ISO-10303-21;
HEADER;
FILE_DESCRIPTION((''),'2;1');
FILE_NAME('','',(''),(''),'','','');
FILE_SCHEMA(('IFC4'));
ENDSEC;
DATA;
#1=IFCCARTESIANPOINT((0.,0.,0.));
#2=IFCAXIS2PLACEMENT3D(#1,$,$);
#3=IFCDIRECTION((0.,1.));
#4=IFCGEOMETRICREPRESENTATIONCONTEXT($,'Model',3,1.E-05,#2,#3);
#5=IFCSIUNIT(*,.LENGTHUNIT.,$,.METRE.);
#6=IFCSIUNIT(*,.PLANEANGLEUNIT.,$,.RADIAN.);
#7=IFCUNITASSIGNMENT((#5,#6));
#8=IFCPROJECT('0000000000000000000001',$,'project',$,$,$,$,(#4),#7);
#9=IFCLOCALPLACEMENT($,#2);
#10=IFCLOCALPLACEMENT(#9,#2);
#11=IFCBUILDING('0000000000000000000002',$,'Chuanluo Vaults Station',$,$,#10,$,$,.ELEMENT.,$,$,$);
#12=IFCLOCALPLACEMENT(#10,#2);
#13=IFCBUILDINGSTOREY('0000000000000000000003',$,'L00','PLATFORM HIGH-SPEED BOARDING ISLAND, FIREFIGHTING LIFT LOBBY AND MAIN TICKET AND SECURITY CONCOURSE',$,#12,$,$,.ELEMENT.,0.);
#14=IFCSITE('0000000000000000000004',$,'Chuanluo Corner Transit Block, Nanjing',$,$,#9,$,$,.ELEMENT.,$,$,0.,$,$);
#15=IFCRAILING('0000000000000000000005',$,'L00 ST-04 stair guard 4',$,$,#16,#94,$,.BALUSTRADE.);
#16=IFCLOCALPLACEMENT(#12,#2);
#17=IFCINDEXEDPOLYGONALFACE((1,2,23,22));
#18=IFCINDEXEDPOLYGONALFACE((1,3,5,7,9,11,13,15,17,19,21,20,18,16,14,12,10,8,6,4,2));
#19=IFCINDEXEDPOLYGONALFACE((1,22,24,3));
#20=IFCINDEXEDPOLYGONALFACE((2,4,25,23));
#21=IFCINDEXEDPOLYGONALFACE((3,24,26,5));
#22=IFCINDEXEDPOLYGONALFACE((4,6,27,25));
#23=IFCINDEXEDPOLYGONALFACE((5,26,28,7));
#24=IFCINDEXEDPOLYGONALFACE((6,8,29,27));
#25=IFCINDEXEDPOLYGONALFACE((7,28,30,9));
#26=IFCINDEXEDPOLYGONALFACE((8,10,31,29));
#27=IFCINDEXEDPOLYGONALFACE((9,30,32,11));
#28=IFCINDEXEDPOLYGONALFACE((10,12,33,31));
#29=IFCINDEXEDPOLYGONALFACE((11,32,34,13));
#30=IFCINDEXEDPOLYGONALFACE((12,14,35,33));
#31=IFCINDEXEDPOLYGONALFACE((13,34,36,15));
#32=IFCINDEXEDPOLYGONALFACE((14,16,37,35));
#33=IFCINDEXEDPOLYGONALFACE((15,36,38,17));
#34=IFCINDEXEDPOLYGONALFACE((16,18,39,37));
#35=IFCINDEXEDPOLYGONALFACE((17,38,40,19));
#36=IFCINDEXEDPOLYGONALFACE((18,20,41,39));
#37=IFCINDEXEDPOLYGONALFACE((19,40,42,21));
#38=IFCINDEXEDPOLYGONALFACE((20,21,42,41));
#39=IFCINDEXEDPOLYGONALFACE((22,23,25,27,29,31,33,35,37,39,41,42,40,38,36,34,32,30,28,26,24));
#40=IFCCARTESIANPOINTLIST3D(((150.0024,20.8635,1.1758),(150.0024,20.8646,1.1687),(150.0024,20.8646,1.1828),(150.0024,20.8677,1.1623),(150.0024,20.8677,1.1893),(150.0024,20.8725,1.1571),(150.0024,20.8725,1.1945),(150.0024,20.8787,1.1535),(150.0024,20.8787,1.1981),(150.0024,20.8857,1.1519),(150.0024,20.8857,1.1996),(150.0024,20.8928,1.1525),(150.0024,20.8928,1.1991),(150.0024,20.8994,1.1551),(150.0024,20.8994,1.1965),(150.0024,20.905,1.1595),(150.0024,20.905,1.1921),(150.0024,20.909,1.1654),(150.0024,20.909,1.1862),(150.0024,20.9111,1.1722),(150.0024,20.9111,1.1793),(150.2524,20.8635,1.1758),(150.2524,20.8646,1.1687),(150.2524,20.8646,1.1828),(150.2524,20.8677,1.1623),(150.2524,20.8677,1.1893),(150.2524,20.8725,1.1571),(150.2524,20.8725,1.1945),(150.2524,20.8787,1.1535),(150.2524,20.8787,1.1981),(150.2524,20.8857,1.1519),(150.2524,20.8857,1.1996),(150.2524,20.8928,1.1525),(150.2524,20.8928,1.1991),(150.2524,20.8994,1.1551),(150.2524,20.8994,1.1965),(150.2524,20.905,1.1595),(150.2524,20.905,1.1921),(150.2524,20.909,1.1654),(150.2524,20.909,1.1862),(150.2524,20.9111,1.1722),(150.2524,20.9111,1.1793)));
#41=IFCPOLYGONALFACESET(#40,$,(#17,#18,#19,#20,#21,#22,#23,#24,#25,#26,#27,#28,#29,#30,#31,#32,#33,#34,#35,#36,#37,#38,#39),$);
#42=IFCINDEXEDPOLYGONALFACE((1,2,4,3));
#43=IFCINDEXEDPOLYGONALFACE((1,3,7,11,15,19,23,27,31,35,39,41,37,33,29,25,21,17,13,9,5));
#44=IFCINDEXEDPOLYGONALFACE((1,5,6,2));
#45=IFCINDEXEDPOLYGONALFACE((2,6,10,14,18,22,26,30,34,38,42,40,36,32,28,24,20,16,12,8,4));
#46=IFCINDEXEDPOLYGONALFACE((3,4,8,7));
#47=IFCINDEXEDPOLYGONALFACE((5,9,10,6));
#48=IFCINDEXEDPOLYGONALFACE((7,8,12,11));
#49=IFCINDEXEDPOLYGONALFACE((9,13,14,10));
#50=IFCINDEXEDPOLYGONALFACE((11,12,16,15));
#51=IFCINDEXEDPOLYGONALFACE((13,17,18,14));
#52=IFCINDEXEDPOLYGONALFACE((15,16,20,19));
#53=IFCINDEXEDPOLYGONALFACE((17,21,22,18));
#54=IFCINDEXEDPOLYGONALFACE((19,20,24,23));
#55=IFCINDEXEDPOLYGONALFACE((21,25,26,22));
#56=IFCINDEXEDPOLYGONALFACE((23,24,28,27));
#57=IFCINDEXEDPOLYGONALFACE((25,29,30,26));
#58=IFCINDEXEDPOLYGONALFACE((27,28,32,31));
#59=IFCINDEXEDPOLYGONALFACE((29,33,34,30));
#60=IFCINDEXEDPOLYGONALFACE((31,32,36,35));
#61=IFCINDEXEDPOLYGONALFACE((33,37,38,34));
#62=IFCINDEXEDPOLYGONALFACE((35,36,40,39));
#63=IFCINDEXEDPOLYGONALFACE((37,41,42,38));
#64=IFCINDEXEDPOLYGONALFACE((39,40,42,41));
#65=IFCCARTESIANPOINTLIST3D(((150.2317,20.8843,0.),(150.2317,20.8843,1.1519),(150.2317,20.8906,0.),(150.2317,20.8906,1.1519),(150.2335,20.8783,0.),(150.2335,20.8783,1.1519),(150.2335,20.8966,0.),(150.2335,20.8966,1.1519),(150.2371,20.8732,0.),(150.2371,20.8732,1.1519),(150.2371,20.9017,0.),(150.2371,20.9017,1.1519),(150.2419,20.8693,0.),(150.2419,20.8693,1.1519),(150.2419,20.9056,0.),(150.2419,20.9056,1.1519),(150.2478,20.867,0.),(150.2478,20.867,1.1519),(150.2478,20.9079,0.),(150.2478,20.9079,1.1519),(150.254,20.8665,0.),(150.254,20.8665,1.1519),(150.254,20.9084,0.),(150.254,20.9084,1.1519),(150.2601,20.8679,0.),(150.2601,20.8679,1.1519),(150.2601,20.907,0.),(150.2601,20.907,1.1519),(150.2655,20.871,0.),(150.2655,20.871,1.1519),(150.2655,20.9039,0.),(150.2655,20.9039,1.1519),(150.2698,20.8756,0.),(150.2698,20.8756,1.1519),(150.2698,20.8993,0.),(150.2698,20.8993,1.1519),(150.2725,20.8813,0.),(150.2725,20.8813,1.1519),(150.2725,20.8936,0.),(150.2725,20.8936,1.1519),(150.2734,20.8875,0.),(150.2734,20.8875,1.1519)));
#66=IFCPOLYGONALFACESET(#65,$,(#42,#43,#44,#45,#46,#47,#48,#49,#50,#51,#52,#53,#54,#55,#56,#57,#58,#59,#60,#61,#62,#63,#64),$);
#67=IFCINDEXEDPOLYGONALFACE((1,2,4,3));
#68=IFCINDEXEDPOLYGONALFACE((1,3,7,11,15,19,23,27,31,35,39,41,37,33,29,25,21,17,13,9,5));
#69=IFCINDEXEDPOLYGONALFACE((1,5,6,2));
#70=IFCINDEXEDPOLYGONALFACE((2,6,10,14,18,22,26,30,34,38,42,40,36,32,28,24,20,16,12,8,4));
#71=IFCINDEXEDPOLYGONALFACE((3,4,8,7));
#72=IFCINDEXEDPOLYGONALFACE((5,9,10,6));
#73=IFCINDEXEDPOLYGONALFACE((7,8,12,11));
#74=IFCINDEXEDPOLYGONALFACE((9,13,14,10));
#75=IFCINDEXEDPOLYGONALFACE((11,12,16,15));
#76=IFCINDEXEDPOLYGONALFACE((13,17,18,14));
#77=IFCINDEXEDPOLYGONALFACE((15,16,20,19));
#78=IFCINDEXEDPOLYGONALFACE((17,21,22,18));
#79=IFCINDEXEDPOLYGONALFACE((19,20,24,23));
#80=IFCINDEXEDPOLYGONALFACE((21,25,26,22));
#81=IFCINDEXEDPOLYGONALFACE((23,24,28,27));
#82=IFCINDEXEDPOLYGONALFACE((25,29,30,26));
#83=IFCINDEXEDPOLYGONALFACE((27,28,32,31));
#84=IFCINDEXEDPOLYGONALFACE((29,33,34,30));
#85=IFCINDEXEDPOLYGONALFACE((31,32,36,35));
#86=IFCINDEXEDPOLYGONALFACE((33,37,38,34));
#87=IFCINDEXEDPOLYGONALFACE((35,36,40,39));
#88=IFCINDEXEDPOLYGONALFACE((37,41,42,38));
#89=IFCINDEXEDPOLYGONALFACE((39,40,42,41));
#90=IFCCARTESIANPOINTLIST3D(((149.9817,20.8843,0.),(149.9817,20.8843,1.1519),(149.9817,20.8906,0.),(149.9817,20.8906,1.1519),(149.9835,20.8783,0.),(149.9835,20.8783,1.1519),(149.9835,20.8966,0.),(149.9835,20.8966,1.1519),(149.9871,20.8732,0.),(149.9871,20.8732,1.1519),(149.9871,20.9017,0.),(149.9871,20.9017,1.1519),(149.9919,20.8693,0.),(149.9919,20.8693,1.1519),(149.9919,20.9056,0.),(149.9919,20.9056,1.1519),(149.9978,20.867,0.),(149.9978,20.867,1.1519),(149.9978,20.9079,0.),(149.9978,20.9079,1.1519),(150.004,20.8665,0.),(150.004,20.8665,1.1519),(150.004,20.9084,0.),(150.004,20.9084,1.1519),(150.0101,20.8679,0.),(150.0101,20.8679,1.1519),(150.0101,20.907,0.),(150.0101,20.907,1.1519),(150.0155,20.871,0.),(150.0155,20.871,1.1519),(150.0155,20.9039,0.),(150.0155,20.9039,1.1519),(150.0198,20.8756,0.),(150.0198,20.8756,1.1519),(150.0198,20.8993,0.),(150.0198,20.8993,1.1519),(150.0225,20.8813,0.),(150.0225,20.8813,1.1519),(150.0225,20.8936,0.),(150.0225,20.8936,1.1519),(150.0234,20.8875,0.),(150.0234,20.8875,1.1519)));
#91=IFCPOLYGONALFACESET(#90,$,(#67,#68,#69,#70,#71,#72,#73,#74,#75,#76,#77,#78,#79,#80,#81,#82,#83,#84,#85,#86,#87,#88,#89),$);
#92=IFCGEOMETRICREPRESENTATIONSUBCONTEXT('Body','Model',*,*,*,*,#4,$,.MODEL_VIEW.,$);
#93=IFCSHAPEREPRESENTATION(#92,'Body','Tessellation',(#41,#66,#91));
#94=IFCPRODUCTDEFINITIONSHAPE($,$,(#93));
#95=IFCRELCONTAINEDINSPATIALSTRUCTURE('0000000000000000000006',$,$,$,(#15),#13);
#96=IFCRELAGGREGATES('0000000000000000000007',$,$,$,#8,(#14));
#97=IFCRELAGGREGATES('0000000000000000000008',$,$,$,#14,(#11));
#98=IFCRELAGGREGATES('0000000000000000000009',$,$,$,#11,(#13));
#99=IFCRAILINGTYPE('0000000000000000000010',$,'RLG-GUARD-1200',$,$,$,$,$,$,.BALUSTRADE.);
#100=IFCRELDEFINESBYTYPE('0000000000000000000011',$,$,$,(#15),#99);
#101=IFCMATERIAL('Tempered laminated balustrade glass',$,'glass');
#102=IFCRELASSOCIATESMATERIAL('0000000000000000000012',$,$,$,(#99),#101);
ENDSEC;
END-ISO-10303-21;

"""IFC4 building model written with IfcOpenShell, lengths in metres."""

from ifc_helpers import new_model, si_unit, direction, frame, origin, origin_2d, place, context, subcontext, project, spatial, circle, extrude, material, type_object, element, save


model = new_model("IFC4")

# Units and contexts
model_context = context("Model", 3, precision=1e-05, world=origin(), true_north=direction((0.0, 1.0)))
body_context = subcontext(model_context, "Body", "Model", "MODEL_VIEW")
ifc_project = project(units=[si_unit("LENGTHUNIT", "METRE"), si_unit("PLANEANGLEUNIT", "RADIAN")], contexts=[model_context])

# Site, building, storey
site_placement = place(None, origin())
site = spatial("IfcSite", under=ifc_project, at=site_placement, Name="Chuanluo Corner Transit Block, Nanjing", CompositionType="ELEMENT", RefElevation=0.0)
building_placement = place(site_placement, origin())
building = spatial("IfcBuilding", under=site, at=building_placement, Name="Chuanluo Vaults Station", CompositionType="ELEMENT")
storey_placement = place(building_placement, origin())
storey = spatial("IfcBuildingStorey", under=building, at=storey_placement, Name="L00", Description="PLATFORM HIGH-SPEED BOARDING ISLAND, FIREFIGHTING LIFT LOBBY AND MAIN TICKET AND SECURITY CONCOURSE", CompositionType="ELEMENT", Elevation=0.0)

# Railing
ifc_material_1 = material(Name="Tempered laminated balustrade glass", Category="glass")
railing_type_1 = type_object("IfcRailingType", Name="RLG-GUARD-1200", PredefinedType="BALUSTRADE", material=ifc_material_1)
railing_1_placement = place(storey_placement, frame((150.2524, 20.8875, 0.0)))
element("IfcRailing", 1, at=railing_1_placement, inside=storey, type_object=railing_type_1, Name="L00 ST-04 stair guard 4", PredefinedType="BALUSTRADE", context=body_context, shape_type="SweptSolid", body=[
    extrude(circle(Radius=0.0239, at=origin_2d()), frame((0.0, 0.0, 1.1758), z_axis=(-1.0, 0.0, 0.0), x_axis=(0.0, -1.0, 0.0)), (0.0, 0.0, 1.0), 0.25),
    extrude(circle(Radius=0.021, at=origin_2d()), origin(), (0.0, 0.0, 1.0), 1.1519),
    extrude(circle(Radius=0.021, at=origin_2d()), frame((-0.25, 0.0, 0.0)), (0.0, 0.0, 1.0), 1.1519),
])

save(model, "model.ifc")
